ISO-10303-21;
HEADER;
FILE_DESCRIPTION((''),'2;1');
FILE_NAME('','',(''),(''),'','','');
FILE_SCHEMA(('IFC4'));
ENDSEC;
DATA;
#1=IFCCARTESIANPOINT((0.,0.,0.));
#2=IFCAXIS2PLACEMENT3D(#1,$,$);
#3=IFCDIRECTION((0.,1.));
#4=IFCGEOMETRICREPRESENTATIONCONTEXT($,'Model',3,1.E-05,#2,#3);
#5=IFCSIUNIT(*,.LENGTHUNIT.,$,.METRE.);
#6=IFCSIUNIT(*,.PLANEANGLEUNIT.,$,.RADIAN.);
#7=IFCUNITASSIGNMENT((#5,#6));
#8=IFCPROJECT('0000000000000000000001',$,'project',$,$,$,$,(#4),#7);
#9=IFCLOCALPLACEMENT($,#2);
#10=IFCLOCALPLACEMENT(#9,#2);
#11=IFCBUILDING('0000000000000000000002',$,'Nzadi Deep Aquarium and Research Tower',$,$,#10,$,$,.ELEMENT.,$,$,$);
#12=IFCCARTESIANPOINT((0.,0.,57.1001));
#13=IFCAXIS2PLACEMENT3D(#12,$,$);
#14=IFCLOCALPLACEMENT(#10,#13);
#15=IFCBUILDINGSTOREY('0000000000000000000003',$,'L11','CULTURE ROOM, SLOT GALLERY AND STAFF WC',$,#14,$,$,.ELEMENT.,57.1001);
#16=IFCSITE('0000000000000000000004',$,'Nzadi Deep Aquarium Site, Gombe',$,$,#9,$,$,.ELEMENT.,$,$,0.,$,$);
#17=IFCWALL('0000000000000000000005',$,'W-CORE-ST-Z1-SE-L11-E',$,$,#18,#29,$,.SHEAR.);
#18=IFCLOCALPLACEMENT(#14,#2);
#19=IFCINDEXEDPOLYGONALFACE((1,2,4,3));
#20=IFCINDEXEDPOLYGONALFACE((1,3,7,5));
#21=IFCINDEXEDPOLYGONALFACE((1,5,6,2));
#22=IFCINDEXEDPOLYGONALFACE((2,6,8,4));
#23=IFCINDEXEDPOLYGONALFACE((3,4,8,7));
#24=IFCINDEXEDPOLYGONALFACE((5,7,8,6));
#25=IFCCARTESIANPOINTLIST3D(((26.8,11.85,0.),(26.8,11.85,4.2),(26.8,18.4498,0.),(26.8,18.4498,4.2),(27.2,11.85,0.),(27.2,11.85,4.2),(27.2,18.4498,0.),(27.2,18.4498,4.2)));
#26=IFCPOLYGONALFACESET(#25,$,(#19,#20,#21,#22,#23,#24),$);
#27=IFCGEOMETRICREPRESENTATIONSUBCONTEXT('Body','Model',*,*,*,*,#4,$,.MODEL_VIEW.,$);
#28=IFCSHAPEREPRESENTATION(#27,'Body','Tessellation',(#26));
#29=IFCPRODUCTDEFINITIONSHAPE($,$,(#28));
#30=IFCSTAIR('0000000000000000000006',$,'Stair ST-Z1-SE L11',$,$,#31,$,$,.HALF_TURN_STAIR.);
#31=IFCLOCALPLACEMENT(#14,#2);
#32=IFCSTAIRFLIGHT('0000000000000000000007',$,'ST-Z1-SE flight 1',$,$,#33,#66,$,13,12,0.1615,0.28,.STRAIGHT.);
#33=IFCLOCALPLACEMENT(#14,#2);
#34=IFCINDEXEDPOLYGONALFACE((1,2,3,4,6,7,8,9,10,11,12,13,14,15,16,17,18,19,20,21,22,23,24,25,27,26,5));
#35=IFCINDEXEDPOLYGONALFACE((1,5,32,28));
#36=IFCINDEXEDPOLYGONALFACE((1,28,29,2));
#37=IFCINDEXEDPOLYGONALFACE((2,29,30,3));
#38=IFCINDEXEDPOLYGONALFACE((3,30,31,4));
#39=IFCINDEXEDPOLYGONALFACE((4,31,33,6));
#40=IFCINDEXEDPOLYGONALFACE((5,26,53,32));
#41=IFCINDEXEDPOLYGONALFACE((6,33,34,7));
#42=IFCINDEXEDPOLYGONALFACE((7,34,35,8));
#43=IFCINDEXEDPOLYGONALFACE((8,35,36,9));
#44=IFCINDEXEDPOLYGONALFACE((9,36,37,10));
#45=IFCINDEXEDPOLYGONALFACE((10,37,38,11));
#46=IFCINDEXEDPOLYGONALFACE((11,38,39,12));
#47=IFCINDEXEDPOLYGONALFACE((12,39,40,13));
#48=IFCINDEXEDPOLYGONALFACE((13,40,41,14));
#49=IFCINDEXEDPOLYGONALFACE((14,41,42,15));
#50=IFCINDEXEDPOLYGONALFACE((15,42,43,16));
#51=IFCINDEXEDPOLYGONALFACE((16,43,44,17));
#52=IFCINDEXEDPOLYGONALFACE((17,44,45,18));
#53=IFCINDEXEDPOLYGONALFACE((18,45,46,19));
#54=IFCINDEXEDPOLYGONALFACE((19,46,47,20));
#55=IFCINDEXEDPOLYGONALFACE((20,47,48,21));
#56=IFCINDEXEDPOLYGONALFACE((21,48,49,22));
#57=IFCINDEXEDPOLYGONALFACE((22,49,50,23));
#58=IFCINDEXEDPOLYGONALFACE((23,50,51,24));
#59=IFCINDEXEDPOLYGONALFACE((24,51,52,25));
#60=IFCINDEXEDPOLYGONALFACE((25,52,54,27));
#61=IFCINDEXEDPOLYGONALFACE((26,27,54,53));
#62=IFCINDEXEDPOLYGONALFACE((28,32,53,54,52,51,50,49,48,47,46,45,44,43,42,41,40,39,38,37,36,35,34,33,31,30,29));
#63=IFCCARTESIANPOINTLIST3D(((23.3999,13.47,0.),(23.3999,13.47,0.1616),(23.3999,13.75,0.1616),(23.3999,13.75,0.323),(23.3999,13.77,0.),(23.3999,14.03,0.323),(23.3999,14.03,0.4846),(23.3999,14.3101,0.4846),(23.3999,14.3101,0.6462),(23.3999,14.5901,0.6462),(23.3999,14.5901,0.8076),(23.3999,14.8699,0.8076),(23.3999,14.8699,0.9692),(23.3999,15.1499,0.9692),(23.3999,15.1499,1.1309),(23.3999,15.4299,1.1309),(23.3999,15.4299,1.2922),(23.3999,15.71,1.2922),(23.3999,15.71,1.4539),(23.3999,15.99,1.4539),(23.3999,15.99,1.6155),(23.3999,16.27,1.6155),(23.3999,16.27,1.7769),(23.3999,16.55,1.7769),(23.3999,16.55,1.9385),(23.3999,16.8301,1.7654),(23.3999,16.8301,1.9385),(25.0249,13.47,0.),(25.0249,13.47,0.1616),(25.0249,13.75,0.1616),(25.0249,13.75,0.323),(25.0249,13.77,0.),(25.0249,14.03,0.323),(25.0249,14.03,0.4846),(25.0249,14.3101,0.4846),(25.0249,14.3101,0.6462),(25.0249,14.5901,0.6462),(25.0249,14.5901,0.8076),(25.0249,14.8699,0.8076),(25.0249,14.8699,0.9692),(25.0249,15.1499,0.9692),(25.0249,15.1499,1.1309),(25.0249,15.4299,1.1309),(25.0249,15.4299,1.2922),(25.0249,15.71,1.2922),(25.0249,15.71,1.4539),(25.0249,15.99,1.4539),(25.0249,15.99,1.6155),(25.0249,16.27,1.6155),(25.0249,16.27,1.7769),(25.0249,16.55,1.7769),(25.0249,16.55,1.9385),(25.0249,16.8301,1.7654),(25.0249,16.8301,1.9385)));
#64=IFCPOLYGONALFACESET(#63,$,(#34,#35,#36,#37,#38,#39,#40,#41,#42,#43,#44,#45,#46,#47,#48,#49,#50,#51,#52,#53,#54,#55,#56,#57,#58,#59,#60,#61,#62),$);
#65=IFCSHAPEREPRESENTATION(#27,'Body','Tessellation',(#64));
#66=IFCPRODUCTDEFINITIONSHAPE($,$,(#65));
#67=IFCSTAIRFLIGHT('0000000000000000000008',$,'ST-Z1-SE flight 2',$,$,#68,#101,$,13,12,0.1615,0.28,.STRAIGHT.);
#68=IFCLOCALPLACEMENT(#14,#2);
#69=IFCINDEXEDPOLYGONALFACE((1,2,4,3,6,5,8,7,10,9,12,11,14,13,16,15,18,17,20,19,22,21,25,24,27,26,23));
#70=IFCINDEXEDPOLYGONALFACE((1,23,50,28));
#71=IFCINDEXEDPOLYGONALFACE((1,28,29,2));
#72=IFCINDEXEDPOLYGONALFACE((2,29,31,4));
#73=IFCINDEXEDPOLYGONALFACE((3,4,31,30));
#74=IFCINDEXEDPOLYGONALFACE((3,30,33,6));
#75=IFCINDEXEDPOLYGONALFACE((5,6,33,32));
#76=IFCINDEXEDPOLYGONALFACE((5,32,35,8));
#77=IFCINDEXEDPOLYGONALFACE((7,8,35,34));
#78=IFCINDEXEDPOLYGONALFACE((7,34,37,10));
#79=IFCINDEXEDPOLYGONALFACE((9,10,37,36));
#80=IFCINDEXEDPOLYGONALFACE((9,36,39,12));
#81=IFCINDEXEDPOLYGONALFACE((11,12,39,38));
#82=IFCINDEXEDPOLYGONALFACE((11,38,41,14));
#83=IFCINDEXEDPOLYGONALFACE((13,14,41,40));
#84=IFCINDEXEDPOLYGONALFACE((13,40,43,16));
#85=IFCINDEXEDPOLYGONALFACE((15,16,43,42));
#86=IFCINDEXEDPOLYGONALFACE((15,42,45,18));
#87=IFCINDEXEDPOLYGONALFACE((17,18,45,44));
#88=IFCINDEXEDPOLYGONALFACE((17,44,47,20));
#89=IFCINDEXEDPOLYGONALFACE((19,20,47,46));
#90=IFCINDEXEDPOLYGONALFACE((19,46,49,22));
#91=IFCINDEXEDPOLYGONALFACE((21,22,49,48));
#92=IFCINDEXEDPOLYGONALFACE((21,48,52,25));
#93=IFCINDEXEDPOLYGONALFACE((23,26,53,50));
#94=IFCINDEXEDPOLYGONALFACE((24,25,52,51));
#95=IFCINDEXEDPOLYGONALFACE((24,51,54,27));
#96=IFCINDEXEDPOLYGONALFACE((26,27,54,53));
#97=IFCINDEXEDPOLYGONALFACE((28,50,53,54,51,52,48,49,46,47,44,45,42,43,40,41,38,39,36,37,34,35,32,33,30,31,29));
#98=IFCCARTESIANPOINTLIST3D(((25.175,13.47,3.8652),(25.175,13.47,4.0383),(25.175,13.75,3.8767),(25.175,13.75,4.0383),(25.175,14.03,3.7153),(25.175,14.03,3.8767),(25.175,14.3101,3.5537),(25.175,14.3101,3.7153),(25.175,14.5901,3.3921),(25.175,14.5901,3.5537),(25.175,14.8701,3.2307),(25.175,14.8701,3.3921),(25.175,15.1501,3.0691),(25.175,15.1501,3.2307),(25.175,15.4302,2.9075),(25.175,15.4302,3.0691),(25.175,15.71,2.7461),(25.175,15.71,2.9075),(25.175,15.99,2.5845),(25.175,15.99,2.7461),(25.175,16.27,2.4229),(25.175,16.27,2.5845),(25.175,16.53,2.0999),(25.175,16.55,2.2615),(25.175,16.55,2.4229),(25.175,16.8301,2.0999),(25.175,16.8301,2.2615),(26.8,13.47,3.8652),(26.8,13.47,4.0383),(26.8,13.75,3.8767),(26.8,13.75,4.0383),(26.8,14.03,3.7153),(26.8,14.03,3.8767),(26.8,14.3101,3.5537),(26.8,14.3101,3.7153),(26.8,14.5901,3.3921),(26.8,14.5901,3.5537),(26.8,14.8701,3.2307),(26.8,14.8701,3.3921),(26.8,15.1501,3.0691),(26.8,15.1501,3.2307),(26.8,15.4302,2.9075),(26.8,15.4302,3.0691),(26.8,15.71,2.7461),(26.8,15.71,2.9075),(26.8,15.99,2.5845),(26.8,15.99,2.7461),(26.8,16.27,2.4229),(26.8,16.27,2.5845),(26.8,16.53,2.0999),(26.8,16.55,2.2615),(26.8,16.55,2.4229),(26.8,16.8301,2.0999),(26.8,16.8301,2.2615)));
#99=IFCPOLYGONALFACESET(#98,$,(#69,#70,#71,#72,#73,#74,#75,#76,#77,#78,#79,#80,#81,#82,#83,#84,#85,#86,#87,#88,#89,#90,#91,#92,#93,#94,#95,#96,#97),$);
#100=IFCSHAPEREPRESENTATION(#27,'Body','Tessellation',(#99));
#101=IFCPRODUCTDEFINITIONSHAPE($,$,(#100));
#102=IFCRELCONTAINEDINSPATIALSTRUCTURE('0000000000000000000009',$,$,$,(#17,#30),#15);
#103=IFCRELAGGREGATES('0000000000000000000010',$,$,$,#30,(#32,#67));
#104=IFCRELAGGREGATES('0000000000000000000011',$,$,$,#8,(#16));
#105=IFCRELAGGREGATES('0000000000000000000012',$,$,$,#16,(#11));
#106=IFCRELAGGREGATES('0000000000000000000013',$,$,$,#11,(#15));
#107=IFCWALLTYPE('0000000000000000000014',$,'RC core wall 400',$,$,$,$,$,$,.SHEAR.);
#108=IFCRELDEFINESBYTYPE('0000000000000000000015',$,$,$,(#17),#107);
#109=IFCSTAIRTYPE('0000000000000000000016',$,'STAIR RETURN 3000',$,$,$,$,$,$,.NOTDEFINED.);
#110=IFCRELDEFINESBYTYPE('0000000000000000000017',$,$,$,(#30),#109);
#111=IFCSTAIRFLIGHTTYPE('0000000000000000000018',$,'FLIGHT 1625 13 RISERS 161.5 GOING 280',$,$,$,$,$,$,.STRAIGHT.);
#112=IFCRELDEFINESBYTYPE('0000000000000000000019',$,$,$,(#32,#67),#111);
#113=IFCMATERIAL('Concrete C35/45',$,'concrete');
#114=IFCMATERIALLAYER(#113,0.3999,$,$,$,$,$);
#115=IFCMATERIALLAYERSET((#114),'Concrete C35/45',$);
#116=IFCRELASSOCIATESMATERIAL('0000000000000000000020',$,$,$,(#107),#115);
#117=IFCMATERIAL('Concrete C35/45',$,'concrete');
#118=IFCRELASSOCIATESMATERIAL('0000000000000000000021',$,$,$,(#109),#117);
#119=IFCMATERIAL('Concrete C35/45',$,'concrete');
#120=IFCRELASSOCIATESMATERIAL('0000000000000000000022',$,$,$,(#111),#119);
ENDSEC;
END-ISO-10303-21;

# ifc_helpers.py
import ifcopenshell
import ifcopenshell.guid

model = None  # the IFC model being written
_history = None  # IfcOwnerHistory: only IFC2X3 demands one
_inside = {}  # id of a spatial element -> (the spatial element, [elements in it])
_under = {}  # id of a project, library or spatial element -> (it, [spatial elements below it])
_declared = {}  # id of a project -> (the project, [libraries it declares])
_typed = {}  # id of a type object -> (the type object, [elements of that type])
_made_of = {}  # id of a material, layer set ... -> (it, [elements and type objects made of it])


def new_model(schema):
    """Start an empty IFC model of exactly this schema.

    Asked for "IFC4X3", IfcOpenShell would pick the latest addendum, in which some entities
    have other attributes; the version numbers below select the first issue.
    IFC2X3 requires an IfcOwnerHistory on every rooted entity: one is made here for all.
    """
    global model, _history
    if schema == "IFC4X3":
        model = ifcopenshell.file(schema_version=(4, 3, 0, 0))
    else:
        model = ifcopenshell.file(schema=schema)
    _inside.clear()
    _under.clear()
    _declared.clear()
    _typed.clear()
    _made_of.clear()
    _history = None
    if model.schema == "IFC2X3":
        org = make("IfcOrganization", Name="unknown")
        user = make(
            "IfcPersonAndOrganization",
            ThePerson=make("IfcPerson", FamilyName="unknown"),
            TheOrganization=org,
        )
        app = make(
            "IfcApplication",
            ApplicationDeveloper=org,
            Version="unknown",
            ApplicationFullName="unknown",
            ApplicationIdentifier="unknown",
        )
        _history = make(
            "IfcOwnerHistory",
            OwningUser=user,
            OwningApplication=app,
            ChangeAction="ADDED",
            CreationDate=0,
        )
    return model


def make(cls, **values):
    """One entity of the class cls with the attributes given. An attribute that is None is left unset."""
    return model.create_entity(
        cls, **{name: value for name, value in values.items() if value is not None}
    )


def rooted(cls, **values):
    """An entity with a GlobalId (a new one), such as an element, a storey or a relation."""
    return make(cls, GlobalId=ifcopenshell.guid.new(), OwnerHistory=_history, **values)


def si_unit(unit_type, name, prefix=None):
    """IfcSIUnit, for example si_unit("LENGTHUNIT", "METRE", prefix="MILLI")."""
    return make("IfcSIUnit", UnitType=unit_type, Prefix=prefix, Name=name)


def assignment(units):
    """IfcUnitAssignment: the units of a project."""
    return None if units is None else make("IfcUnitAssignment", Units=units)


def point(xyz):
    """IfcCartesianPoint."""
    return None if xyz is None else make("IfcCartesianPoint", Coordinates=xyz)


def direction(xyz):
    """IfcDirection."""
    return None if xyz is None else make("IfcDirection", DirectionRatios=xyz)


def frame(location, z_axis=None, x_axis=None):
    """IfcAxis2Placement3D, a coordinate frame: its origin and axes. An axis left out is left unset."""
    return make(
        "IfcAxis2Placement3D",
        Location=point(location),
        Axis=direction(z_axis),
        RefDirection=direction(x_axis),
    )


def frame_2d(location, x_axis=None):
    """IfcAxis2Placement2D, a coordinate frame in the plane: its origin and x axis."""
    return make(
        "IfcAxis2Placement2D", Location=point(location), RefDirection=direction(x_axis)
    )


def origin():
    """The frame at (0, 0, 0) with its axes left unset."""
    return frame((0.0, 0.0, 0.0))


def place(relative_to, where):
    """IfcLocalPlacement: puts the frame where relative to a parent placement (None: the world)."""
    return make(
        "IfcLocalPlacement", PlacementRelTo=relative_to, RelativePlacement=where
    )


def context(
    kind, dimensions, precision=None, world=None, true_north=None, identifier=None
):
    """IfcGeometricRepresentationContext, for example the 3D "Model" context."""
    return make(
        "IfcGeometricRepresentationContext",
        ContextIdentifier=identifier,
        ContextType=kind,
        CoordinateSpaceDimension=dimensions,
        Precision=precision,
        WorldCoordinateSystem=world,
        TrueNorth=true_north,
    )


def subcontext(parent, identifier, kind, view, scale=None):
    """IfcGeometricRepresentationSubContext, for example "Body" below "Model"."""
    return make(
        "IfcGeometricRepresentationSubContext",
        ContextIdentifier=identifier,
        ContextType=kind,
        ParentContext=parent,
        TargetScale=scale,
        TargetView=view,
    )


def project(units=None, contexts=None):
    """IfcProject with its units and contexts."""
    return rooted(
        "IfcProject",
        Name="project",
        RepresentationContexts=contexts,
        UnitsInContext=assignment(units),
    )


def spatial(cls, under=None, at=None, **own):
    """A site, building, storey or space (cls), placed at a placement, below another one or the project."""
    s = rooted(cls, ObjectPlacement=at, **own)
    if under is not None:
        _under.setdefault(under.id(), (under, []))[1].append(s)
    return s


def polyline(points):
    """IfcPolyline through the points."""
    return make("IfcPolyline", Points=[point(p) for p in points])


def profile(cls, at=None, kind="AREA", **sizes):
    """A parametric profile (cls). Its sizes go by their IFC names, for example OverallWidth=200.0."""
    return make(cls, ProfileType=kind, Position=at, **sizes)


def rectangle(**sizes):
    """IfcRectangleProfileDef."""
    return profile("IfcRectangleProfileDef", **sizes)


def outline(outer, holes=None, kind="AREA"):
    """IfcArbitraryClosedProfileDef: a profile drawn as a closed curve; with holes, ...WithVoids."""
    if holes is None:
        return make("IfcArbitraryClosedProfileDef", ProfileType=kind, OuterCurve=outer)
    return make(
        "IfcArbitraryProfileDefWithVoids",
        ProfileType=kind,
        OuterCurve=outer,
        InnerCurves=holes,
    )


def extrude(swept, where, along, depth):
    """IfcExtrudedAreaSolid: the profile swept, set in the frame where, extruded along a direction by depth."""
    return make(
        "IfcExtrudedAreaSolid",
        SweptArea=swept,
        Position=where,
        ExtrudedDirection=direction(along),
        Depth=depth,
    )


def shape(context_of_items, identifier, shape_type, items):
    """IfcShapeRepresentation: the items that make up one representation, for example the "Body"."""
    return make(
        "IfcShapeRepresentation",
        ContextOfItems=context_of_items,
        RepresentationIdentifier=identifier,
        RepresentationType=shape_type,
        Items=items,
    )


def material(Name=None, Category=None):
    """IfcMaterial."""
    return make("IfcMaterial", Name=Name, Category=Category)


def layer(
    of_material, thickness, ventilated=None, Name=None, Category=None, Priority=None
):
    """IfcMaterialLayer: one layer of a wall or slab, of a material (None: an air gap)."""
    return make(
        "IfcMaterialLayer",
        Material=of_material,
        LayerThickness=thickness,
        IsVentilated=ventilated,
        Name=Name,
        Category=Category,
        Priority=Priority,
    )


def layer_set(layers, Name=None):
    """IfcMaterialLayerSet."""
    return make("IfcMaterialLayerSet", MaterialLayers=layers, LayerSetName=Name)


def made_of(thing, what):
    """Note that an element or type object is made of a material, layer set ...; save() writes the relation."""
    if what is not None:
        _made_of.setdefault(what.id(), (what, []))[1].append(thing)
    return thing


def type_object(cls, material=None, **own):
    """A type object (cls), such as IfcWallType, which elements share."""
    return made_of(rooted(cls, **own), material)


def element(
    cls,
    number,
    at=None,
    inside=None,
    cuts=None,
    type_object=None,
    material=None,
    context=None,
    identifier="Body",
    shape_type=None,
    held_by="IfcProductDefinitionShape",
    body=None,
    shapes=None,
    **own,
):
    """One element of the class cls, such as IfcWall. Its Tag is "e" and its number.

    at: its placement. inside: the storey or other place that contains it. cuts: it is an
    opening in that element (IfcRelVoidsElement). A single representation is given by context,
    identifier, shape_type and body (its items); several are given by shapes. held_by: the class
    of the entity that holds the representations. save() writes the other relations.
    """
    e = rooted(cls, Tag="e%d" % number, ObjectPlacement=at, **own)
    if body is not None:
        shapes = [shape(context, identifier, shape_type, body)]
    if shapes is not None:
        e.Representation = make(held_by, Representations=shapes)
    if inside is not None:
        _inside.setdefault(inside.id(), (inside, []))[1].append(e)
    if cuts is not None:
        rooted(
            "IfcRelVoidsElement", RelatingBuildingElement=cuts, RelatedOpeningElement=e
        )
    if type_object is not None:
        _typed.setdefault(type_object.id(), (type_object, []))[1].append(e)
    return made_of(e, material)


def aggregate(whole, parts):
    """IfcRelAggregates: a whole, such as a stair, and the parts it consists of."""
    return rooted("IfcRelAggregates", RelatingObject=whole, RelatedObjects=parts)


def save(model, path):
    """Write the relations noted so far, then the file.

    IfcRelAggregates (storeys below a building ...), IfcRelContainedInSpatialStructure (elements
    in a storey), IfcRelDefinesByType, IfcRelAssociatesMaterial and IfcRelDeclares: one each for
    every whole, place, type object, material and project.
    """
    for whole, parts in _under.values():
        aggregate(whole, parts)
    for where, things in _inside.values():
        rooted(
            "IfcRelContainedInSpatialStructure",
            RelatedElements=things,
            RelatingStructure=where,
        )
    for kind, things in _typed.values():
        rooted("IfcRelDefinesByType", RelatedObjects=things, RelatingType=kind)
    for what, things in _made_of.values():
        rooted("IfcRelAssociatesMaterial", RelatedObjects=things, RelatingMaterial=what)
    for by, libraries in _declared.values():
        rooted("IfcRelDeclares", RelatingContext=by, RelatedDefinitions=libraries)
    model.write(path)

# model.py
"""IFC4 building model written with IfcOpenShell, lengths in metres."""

from ifc_helpers import new_model, si_unit, direction, frame, frame_2d, origin, place, context, subcontext, project, spatial, polyline, rectangle, outline, extrude, material, layer, layer_set, type_object, element, aggregate, save


model = new_model("IFC4")

# Units and contexts
model_context = context("Model", 3, precision=1e-05, world=origin(), true_north=direction((0.0, 1.0)))
body_context = subcontext(model_context, "Body", "Model", "MODEL_VIEW")
ifc_project = project(units=[si_unit("LENGTHUNIT", "METRE"), si_unit("PLANEANGLEUNIT", "RADIAN")], contexts=[model_context])

# Site, building, storey
site_placement = place(None, origin())
site = spatial("IfcSite", under=ifc_project, at=site_placement, Name="Nzadi Deep Aquarium Site, Gombe", CompositionType="ELEMENT", RefElevation=0.0)
building_placement = place(site_placement, origin())
building = spatial("IfcBuilding", under=site, at=building_placement, Name="Nzadi Deep Aquarium and Research Tower", CompositionType="ELEMENT")
storey_placement = place(building_placement, frame((0.0, 0.0, 57.1001)))
storey = spatial("IfcBuildingStorey", under=building, at=storey_placement, Name="L11", Description="CULTURE ROOM, SLOT GALLERY AND STAFF WC", CompositionType="ELEMENT", Elevation=57.1001)

# Wall
ifc_material_1 = material(Name="Concrete C35/45", Category="concrete")
ifc_layer_1 = layer(ifc_material_1, 0.3999)
ifc_layer_set_1 = layer_set([ifc_layer_1], Name="Concrete C35/45")
wall_type_1 = type_object("IfcWallType", Name="RC core wall 400", PredefinedType="SHEAR", material=ifc_layer_set_1)
wall_1_placement = place(storey_placement, frame((27.0, 11.8501, 0.0), z_axis=(0.0, 0.0, 1.0), x_axis=(0.0, 1.0, 0.0)))
element("IfcWall", 1, at=wall_1_placement, inside=storey, type_object=wall_type_1, Name="W-CORE-ST-Z1-SE-L11-E", PredefinedType="SHEAR", context=body_context, shape_type="SweptSolid", body=[
    extrude(rectangle(XDim=6.5999, YDim=0.3999, at=frame_2d((3.2998, 0.0))), origin(), (0.0, 0.0, 1.0), 4.2),
])

# Stair, stair flights
ifc_material_2 = material(Name="Concrete C35/45", Category="concrete")
stair_type = type_object("IfcStairType", Name="STAIR RETURN 3000", PredefinedType="NOTDEFINED", material=ifc_material_2)
stair_placement = place(storey_placement, origin())
stair = element("IfcStair", 2, at=stair_placement, inside=storey, type_object=stair_type, Name="Stair ST-Z1-SE L11", PredefinedType="HALF_TURN_STAIR")
ifc_material_3 = material(Name="Concrete C35/45", Category="concrete")
stair_flight_type = type_object("IfcStairFlightType", Name="FLIGHT 1625 13 RISERS 161.5 GOING 280", PredefinedType="STRAIGHT", material=ifc_material_3)
stair_flight_1_placement = place(storey_placement, frame((24.2124, 13.47, 0.0), z_axis=(0.0, 0.0, 1.0), x_axis=(0.0, 1.0, 0.0)))
stair_flight_1 = element("IfcStairFlight", 3, at=stair_flight_1_placement, type_object=stair_flight_type, Name="ST-Z1-SE flight 1", NumberOfRisers=13, NumberOfTreads=12, PredefinedType="STRAIGHT", RiserHeight=0.1615, TreadLength=0.28, context=body_context, shape_type="SweptSolid", body=[
    extrude(outline(polyline([(0.0, 0.0), (0.0, 0.1616), (0.28, 0.1616), (0.28, 0.323), (0.5601, 0.323), (0.5601, 0.4846), (0.8401, 0.4846), (0.8401, 0.6462), (1.1201, 0.6462), (1.1201, 0.8076), (1.3999, 0.8076), (1.3999, 0.9692), (1.6799, 0.9692), (1.6799, 1.1309), (1.96, 1.1309), (1.96, 1.2922), (2.24, 1.2922), (2.24, 1.4539), (2.52, 1.4539), (2.52, 1.6155), (2.8, 1.6155), (2.8, 1.7769), (3.0801, 1.7769), (3.0801, 1.9385), (3.3601, 1.9385), (3.3601, 2.1001), (3.3601, 1.7654), (0.3, 0.0), (0.0, 0.0)])), frame((0.0, 0.8125, 0.0), z_axis=(0.0, -1.0, 0.0), x_axis=(1.0, 0.0, 0.0)), (0.0, 0.0, 1.0), 1.625),
])
stair_flight_2_placement = place(storey_placement, frame((25.9875, 16.8301, 2.0999), z_axis=(0.0, 0.0, 1.0), x_axis=(0.0, -1.0, 0.0)))
stair_flight_2 = element("IfcStairFlight", 4, at=stair_flight_2_placement, type_object=stair_flight_type, Name="ST-Z1-SE flight 2", NumberOfRisers=13, NumberOfTreads=12, PredefinedType="STRAIGHT", RiserHeight=0.1615, TreadLength=0.28, context=body_context, shape_type="SweptSolid", body=[
    extrude(outline(polyline([(0.0, 0.0), (0.0, 0.1616), (0.28, 0.1616), (0.28, 0.323), (0.5601, 0.323), (0.5601, 0.4846), (0.8401, 0.4846), (0.8401, 0.6462), (1.1201, 0.6462), (1.1201, 0.8076), (1.3999, 0.8076), (1.3999, 0.9692), (1.6799, 0.9692), (1.6799, 1.1309), (1.96, 1.1309), (1.96, 1.2922), (2.24, 1.2922), (2.24, 1.4539), (2.52, 1.4539), (2.52, 1.6155), (2.8, 1.6155), (2.8, 1.7769), (3.0801, 1.7769), (3.0801, 1.9385), (3.3601, 1.9385), (3.3601, 2.1001), (3.3601, 1.7654), (0.3, 0.0), (0.0, 0.0)])), frame((0.0, 0.8125, 0.0), z_axis=(0.0, -1.0, 0.0), x_axis=(1.0, 0.0, 0.0)), (0.0, 0.0, 1.0), 1.625),
])
aggregate(stair, [stair_flight_1, stair_flight_2])

save(model, "model.ifc")
